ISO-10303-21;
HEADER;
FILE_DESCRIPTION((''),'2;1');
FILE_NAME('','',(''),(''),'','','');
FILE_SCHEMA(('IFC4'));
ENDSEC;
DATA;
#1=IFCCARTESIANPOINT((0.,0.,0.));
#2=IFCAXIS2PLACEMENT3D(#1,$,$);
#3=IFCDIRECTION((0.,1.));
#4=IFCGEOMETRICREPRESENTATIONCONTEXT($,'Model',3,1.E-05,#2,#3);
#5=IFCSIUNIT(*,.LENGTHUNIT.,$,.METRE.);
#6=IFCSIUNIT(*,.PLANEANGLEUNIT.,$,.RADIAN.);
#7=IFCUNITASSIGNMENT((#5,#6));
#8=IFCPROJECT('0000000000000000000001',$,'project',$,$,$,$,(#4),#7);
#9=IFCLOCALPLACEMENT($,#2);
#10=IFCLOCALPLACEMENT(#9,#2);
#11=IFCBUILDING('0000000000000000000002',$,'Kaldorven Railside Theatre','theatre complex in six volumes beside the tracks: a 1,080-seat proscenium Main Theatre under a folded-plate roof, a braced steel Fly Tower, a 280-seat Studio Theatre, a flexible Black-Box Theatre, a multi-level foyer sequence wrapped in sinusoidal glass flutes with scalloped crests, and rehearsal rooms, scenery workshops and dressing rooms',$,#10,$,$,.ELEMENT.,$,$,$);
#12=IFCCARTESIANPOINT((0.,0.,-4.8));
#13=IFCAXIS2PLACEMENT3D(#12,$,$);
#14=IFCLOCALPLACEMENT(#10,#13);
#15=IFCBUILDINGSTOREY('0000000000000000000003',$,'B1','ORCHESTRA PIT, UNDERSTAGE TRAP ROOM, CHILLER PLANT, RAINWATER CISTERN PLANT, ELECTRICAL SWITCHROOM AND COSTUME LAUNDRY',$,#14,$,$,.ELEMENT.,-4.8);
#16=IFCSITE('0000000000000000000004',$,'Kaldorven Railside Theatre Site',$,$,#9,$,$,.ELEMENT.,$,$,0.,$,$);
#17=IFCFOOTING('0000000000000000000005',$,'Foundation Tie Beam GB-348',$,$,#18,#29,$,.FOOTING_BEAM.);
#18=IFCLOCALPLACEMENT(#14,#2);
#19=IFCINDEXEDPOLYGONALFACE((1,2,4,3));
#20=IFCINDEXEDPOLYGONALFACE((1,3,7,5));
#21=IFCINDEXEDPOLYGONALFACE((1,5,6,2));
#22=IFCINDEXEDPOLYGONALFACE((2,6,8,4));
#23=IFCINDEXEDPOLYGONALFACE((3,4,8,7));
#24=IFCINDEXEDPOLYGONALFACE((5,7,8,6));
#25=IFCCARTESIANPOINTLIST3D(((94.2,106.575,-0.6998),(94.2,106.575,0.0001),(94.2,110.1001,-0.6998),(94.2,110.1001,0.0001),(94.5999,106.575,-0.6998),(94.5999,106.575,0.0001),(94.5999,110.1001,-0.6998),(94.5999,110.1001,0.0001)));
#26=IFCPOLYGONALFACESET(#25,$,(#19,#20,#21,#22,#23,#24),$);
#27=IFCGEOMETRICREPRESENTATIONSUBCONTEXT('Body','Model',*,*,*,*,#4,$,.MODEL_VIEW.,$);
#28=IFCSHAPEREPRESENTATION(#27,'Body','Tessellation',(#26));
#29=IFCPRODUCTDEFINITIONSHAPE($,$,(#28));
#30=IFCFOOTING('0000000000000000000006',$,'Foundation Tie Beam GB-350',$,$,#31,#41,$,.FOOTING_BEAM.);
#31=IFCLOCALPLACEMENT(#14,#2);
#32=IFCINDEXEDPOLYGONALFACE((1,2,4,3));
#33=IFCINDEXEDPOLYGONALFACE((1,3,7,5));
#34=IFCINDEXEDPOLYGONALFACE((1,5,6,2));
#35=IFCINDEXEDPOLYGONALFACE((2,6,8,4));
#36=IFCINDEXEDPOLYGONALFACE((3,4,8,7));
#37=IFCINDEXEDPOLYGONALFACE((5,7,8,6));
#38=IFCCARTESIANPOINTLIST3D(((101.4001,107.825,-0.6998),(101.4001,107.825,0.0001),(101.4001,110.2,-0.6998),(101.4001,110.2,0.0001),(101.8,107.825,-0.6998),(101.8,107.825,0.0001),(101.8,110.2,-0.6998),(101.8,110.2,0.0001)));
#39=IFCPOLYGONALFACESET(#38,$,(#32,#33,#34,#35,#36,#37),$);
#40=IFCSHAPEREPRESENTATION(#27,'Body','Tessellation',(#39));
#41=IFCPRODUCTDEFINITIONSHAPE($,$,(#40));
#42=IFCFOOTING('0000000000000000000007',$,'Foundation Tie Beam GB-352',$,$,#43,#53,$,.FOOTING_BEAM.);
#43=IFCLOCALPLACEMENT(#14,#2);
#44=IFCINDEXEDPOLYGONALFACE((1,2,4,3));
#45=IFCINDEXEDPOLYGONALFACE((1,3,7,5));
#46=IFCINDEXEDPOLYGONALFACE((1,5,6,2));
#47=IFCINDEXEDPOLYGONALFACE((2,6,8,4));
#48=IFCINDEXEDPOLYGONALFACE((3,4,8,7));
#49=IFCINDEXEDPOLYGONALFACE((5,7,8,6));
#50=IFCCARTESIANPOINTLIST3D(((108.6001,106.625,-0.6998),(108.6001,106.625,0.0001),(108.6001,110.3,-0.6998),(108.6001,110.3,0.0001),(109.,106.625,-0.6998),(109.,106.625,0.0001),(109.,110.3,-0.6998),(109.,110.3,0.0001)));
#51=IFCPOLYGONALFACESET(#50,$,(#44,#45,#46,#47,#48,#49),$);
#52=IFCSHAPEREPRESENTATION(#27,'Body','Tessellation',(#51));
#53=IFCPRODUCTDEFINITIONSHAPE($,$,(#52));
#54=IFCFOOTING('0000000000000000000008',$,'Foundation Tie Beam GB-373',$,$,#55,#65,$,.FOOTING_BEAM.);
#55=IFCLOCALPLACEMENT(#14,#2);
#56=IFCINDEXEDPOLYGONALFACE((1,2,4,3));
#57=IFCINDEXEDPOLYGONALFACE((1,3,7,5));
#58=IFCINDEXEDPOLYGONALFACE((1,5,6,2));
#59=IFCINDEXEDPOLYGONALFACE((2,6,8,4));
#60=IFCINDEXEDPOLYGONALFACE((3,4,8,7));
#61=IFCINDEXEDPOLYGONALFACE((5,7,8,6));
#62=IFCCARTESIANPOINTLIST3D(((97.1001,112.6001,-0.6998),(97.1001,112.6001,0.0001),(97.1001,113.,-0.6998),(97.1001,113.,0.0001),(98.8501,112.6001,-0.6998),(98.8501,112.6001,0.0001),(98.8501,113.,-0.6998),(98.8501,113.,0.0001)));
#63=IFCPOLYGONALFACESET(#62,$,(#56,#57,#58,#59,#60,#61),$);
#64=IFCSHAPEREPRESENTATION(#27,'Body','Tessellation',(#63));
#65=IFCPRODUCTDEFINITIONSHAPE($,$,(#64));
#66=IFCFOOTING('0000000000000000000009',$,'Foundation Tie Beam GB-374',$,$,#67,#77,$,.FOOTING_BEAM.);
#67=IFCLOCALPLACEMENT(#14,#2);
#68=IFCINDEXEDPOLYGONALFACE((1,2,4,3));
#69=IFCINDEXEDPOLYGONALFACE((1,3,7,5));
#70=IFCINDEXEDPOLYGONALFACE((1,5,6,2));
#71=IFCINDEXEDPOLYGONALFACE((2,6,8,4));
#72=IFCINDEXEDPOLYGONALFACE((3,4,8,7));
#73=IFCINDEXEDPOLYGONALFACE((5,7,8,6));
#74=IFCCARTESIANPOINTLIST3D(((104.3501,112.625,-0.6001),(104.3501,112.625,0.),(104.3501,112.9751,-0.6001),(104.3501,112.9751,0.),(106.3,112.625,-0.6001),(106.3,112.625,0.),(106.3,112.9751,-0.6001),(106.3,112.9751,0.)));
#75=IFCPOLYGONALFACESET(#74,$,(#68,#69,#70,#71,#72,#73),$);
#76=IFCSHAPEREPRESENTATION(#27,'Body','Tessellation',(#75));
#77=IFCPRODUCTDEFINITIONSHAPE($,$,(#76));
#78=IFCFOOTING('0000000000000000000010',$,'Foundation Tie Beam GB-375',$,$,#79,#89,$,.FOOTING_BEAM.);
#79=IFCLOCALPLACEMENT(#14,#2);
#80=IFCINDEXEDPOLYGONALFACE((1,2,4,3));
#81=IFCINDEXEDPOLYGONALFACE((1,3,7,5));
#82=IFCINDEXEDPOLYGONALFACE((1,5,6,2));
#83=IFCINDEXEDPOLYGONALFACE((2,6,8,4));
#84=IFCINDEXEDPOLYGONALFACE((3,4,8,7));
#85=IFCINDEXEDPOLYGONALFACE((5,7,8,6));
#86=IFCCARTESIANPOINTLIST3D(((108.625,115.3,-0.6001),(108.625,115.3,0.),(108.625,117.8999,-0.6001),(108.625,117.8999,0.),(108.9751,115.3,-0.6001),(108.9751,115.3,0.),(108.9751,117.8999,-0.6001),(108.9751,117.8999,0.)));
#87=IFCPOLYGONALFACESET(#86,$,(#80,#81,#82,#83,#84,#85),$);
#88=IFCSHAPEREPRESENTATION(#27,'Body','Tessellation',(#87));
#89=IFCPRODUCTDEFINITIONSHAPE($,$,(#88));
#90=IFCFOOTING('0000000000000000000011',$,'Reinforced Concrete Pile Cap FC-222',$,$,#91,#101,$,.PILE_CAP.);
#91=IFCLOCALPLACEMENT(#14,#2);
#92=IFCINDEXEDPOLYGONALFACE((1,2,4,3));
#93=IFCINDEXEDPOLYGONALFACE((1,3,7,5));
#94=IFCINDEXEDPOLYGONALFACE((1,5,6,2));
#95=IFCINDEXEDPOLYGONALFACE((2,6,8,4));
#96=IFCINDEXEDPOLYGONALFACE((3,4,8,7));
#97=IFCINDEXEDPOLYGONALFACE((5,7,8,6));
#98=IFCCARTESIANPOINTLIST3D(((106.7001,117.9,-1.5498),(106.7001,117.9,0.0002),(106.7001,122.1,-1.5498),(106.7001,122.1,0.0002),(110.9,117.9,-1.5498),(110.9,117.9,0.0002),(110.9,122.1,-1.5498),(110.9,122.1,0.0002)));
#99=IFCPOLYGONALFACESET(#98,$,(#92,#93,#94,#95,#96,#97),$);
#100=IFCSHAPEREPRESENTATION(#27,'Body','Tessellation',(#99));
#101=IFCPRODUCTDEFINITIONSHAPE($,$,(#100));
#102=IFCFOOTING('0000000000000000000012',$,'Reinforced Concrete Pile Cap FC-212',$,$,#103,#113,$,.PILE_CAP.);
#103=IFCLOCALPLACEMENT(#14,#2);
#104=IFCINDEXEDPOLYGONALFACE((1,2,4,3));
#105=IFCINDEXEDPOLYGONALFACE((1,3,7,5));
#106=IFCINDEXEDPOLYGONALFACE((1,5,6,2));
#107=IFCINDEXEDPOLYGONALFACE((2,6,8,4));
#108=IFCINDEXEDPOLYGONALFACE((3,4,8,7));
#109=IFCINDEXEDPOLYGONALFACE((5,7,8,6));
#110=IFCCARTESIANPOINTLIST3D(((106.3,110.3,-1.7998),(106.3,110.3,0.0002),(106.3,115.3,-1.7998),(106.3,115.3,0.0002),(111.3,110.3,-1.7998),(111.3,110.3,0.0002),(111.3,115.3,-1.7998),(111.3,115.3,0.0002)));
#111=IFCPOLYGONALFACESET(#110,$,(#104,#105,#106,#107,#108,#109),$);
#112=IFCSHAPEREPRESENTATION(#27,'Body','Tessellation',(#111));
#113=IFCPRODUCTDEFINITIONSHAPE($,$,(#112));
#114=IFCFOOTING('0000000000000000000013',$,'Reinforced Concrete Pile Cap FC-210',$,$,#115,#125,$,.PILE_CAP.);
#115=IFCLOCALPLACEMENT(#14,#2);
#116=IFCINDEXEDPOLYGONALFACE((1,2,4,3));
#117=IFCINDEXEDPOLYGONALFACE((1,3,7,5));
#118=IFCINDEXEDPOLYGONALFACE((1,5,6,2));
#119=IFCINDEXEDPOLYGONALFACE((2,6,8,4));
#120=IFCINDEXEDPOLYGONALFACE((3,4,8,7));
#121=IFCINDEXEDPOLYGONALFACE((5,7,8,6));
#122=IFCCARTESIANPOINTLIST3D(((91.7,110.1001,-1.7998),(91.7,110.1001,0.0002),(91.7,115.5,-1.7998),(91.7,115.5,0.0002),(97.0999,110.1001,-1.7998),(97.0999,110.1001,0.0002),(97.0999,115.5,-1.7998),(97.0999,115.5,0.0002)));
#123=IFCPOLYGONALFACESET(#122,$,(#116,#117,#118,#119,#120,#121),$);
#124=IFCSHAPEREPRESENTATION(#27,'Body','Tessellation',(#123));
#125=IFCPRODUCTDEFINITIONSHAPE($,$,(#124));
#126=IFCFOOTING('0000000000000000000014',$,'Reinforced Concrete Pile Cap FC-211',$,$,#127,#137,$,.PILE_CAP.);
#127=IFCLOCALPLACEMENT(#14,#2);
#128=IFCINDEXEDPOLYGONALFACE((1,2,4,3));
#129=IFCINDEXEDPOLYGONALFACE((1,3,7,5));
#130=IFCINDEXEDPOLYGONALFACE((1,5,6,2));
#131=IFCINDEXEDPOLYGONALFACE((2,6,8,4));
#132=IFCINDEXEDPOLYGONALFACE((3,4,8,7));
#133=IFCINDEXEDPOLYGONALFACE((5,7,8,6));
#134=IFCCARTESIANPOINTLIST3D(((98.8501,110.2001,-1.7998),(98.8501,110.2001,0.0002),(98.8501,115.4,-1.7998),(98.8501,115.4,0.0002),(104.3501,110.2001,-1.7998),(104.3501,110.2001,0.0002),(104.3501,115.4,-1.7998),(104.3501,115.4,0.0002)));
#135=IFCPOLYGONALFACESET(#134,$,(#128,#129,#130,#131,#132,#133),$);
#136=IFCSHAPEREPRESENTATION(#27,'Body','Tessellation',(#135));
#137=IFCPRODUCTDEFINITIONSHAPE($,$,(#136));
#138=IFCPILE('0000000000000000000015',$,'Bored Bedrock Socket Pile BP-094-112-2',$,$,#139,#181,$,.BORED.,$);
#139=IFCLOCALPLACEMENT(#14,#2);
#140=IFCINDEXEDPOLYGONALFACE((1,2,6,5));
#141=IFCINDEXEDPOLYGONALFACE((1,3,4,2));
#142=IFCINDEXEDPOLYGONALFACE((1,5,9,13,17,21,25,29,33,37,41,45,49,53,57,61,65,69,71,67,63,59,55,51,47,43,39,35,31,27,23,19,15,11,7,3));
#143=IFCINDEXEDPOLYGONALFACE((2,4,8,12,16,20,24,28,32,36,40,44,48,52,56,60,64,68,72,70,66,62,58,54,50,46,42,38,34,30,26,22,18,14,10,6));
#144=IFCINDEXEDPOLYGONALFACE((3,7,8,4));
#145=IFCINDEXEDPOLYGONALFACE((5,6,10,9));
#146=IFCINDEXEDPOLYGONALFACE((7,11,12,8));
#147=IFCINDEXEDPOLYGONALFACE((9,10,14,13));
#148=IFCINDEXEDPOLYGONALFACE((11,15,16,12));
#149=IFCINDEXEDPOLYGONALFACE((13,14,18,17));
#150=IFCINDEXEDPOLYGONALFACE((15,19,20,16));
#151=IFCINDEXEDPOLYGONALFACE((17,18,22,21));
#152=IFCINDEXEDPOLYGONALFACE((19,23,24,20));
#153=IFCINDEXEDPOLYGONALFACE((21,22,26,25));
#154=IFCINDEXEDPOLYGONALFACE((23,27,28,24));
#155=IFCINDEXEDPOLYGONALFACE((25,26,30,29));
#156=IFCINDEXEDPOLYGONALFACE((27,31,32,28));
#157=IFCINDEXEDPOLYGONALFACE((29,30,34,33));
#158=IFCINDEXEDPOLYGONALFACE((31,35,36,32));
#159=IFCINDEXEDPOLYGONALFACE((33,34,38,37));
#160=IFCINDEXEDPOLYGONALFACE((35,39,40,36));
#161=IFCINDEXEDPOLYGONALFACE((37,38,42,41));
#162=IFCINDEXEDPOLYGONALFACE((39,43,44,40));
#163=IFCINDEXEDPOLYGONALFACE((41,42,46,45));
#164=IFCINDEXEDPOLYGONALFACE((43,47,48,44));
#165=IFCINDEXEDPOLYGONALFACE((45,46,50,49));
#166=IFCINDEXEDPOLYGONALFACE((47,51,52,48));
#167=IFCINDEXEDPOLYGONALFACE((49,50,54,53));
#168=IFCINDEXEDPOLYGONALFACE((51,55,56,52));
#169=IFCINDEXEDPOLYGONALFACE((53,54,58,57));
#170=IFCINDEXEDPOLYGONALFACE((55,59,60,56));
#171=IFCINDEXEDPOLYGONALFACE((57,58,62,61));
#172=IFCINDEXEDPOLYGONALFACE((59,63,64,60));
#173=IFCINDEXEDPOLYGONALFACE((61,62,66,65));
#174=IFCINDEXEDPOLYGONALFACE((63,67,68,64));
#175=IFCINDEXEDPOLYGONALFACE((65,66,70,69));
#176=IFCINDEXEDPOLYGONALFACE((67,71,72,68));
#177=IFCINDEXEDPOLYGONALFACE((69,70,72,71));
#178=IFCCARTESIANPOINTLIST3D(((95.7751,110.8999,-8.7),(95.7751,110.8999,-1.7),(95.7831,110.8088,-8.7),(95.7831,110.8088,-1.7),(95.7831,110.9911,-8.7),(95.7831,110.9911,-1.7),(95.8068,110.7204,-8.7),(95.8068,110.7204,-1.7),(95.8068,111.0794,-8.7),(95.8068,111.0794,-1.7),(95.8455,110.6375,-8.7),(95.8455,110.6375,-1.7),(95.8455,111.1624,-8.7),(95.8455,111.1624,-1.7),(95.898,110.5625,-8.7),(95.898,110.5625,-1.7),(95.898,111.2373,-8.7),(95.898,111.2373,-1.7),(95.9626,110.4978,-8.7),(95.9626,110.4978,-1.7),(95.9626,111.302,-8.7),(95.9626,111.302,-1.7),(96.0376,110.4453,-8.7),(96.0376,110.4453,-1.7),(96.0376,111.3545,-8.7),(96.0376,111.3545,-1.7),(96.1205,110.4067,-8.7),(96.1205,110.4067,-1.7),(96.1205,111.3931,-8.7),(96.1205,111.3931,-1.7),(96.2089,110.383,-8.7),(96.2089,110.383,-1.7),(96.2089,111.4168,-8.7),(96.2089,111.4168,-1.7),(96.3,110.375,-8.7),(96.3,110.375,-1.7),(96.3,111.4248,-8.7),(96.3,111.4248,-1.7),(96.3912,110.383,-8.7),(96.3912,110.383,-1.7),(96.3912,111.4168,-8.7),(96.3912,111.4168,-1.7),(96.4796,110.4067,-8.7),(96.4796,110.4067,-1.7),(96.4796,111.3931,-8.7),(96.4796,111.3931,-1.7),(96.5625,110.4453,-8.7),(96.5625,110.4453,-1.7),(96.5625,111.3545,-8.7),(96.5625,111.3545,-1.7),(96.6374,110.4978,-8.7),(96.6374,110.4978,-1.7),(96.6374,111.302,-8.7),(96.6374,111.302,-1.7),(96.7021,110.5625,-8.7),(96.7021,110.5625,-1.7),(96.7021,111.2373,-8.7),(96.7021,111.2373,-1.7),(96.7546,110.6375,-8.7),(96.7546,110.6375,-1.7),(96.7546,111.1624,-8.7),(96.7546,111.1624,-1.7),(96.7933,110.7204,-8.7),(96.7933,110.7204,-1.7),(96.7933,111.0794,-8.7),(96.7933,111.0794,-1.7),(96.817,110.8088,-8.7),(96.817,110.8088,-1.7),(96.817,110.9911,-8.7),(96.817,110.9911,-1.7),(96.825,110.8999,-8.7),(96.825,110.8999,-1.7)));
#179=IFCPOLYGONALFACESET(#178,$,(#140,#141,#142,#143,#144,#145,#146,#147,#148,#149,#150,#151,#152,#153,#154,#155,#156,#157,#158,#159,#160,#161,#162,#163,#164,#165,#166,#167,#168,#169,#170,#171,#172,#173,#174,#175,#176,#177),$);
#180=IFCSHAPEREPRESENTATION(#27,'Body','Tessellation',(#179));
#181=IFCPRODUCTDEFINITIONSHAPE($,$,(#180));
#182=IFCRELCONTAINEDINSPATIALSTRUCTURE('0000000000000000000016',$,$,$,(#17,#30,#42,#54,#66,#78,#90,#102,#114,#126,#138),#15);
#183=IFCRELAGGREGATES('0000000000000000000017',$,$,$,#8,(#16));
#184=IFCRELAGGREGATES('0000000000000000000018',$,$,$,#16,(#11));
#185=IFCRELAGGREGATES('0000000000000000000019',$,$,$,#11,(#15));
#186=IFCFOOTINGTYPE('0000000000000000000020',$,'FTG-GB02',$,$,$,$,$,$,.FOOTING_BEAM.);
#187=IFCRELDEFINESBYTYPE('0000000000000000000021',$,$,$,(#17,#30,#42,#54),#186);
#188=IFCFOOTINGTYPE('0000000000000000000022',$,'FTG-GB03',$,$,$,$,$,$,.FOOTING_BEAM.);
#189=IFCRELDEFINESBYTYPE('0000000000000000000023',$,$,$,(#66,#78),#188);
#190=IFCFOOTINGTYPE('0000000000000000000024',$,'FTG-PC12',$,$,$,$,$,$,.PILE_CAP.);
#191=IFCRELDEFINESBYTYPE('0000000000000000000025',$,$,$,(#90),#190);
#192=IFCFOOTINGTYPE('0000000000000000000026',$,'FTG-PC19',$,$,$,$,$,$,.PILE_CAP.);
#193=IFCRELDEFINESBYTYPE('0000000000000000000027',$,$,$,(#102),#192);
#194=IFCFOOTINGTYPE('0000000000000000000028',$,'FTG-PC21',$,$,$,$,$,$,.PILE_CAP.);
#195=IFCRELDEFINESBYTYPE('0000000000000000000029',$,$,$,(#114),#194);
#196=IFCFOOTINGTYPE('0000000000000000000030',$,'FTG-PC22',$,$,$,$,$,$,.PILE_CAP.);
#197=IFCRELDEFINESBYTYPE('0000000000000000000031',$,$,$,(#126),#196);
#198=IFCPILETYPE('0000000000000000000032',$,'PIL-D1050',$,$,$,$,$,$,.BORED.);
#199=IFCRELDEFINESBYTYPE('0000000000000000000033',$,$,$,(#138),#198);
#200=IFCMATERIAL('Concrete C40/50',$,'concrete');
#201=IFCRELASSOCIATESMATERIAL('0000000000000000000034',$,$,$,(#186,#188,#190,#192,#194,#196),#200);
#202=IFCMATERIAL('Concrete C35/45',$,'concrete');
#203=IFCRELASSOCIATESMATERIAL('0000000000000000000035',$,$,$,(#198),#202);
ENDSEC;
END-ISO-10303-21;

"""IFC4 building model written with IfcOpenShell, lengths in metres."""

from ifc_helpers import new_model, si_unit, direction, frame, origin, origin_2d, place, context, subcontext, project, spatial, rectangle, circle, extrude, material, material_profile, profile_set, type_object, element, save


model = new_model("IFC4")

# Units and contexts
model_context = context("Model", 3, precision=1e-05, world=origin(), true_north=direction((0.0, 1.0)))
body_context = subcontext(model_context, "Body", "Model", "MODEL_VIEW")
ifc_project = project(units=[si_unit("LENGTHUNIT", "METRE"), si_unit("PLANEANGLEUNIT", "RADIAN")], contexts=[model_context])

# Site, building, storey
site_placement = place(None, origin())
site = spatial("IfcSite", under=ifc_project, at=site_placement, Name="Kaldorven Railside Theatre Site", CompositionType="ELEMENT", RefElevation=0.0)
building_placement = place(site_placement, origin())
building = spatial("IfcBuilding", under=site, at=building_placement, Name="Kaldorven Railside Theatre", Description="theatre complex in six volumes beside the tracks: a 1,080-seat proscenium Main Theatre under a folded-plate roof, a braced steel Fly Tower, a 280-seat Studio Theatre, a flexible Black-Box Theatre, a multi-level foyer sequence wrapped in sinusoidal glass flutes with scalloped crests, and rehearsal rooms, scenery workshops and dressing rooms", CompositionType="ELEMENT")
storey_placement = place(building_placement, frame((0.0, 0.0, -4.8)))
storey = spatial("IfcBuildingStorey", under=building, at=storey_placement, Name="B1", Description="ORCHESTRA PIT, UNDERSTAGE TRAP ROOM, CHILLER PLANT, RAINWATER CISTERN PLANT, ELECTRICAL SWITCHROOM AND COSTUME LAUNDRY", CompositionType="ELEMENT", Elevation=-4.8)

# Footings
ifc_material_1 = material(Name="Concrete C40/50", Category="concrete")
ifc_material_profile_1 = material_profile(ifc_material_1, rectangle(XDim=0.3999, YDim=0.7, at=origin_2d()), Name="RC 400x700")
ifc_profile_set_1 = profile_set([ifc_material_profile_1], Name="Concrete C40/50")
footing_type_1 = type_object("IfcFootingType", Name="FTG-GB02", PredefinedType="FOOTING_BEAM", material=ifc_profile_set_1)
footing_1_placement = place(storey_placement, frame((94.3999, 106.575, -0.3499), z_axis=(0.0, 1.0, 0.0), x_axis=(-1.0, 0.0, 0.0)))
element("IfcFooting", 1, at=footing_1_placement, inside=storey, type_object=footing_type_1, Name="Foundation Tie Beam GB-348", PredefinedType="FOOTING_BEAM", context=body_context, shape_type="SweptSolid", body=[
    extrude(rectangle(XDim=0.3999, YDim=0.7, at=origin_2d()), origin(), (0.0, 0.0, 1.0), 3.5251),
])
footing_2_placement = place(storey_placement, frame((101.6001, 107.825, -0.3499), z_axis=(0.0, 1.0, 0.0), x_axis=(-1.0, 0.0, 0.0)))
element("IfcFooting", 2, at=footing_2_placement, inside=storey, type_object=footing_type_1, Name="Foundation Tie Beam GB-350", PredefinedType="FOOTING_BEAM", context=body_context, shape_type="SweptSolid", body=[
    extrude(rectangle(XDim=0.3999, YDim=0.7, at=origin_2d()), origin(), (0.0, 0.0, 1.0), 2.375),
])
footing_3_placement = place(storey_placement, frame((108.8, 106.625, -0.3499), z_axis=(0.0, 1.0, 0.0), x_axis=(-1.0, 0.0, 0.0)))
element("IfcFooting", 3, at=footing_3_placement, inside=storey, type_object=footing_type_1, Name="Foundation Tie Beam GB-352", PredefinedType="FOOTING_BEAM", context=body_context, shape_type="SweptSolid", body=[
    extrude(rectangle(XDim=0.3999, YDim=0.7, at=origin_2d()), origin(), (0.0, 0.0, 1.0), 3.675),
])
footing_4_placement = place(storey_placement, frame((97.1001, 112.8, -0.3499), z_axis=(1.0, 0.0, 0.0), x_axis=(0.0, 1.0, 0.0)))
element("IfcFooting", 4, at=footing_4_placement, inside=storey, type_object=footing_type_1, Name="Foundation Tie Beam GB-373", PredefinedType="FOOTING_BEAM", context=body_context, shape_type="SweptSolid", body=[
    extrude(rectangle(XDim=0.3999, YDim=0.7, at=origin_2d()), origin(), (0.0, 0.0, 1.0), 1.75),
])
ifc_material_profile_2 = material_profile(ifc_material_1, rectangle(XDim=0.3501, YDim=0.6001, at=origin_2d()), Name="RC 350x600")
ifc_profile_set_2 = profile_set([ifc_material_profile_2], Name="Concrete C40/50")
footing_type_2 = type_object("IfcFootingType", Name="FTG-GB03", PredefinedType="FOOTING_BEAM", material=ifc_profile_set_2)
footing_5_placement = place(storey_placement, frame((104.3501, 112.8, -0.3), z_axis=(1.0, 0.0, 0.0), x_axis=(0.0, 1.0, 0.0)))
element("IfcFooting", 5, at=footing_5_placement, inside=storey, type_object=footing_type_2, Name="Foundation Tie Beam GB-374", PredefinedType="FOOTING_BEAM", context=body_context, shape_type="SweptSolid", body=[
    extrude(rectangle(XDim=0.3501, YDim=0.6001, at=origin_2d()), origin(), (0.0, 0.0, 1.0), 1.95),
])
footing_6_placement = place(storey_placement, frame((108.8, 115.3, -0.3), z_axis=(0.0, 1.0, 0.0), x_axis=(-1.0, 0.0, 0.0)))
element("IfcFooting", 6, at=footing_6_placement, inside=storey, type_object=footing_type_2, Name="Foundation Tie Beam GB-375", PredefinedType="FOOTING_BEAM", context=body_context, shape_type="SweptSolid", body=[
    extrude(rectangle(XDim=0.3501, YDim=0.6001, at=origin_2d()), origin(), (0.0, 0.0, 1.0), 2.5999),
])
footing_type_3 = type_object("IfcFootingType", Name="FTG-PC12", PredefinedType="PILE_CAP", material=ifc_material_1)
footing_7_placement = place(storey_placement, frame((108.8, 120.0, -1.5498), z_axis=(0.0, 0.0, 1.0), x_axis=(1.0, 0.0, 0.0)))
element("IfcFooting", 7, at=footing_7_placement, inside=storey, type_object=footing_type_3, Name="Reinforced Concrete Pile Cap FC-222", PredefinedType="PILE_CAP", context=body_context, shape_type="SweptSolid", body=[
    extrude(rectangle(XDim=4.2, YDim=4.2, at=origin_2d()), origin(), (0.0, 0.0, 1.0), 1.55),
])
footing_type_4 = type_object("IfcFootingType", Name="FTG-PC19", PredefinedType="PILE_CAP", material=ifc_material_1)
footing_8_placement = place(storey_placement, frame((108.8, 112.8, -1.7998), z_axis=(0.0, 0.0, 1.0), x_axis=(1.0, 0.0, 0.0)))
element("IfcFooting", 8, at=footing_8_placement, inside=storey, type_object=footing_type_4, Name="Reinforced Concrete Pile Cap FC-212", PredefinedType="PILE_CAP", context=body_context, shape_type="SweptSolid", body=[
    extrude(rectangle(XDim=5.0, YDim=5.0, at=origin_2d()), origin(), (0.0, 0.0, 1.0), 1.8),
])
footing_type_5 = type_object("IfcFootingType", Name="FTG-PC21", PredefinedType="PILE_CAP", material=ifc_material_1)
footing_9_placement = place(storey_placement, frame((94.3999, 112.8, -1.7998), z_axis=(0.0, 0.0, 1.0), x_axis=(1.0, 0.0, 0.0)))
element("IfcFooting", 9, at=footing_9_placement, inside=storey, type_object=footing_type_5, Name="Reinforced Concrete Pile Cap FC-210", PredefinedType="PILE_CAP", context=body_context, shape_type="SweptSolid", body=[
    extrude(rectangle(XDim=5.3999, YDim=5.3999, at=origin_2d()), origin(), (0.0, 0.0, 1.0), 1.8),
])
footing_type_6 = type_object("IfcFootingType", Name="FTG-PC22", PredefinedType="PILE_CAP", material=ifc_material_1)
footing_10_placement = place(storey_placement, frame((101.6001, 112.8, -1.7998), z_axis=(0.0, 0.0, 1.0), x_axis=(1.0, 0.0, 0.0)))
element("IfcFooting", 10, at=footing_10_placement, inside=storey, type_object=footing_type_6, Name="Reinforced Concrete Pile Cap FC-211", PredefinedType="PILE_CAP", context=body_context, shape_type="SweptSolid", body=[
    extrude(rectangle(XDim=5.5, YDim=5.2, at=origin_2d()), origin(), (0.0, 0.0, 1.0), 1.8),
])

# Pile
ifc_material_2 = material(Name="Concrete C35/45", Category="concrete")
ifc_material_profile_3 = material_profile(ifc_material_2, circle(Radius=0.5249, at=origin_2d()), Name="BP D1050")
ifc_profile_set_3 = profile_set([ifc_material_profile_3], Name="Concrete C35/45")
pile_type_1 = type_object("IfcPileType", Name="PIL-D1050", PredefinedType="BORED", material=ifc_profile_set_3)
for number, where, z_axis, x_axis, name in (
    (11, (96.3, 110.8999, -1.7), (0.0, 0.0, -1.0), (1.0, 0.0, 0.0), "Bored Bedrock Socket Pile BP-094-112-2"),
):
    element("IfcPile", number, at=place(storey_placement, frame(where, z_axis=z_axis, x_axis=x_axis)), inside=storey, type_object=pile_type_1, Name=name, PredefinedType="BORED", context=body_context, shape_type="SweptSolid", body=[
        extrude(circle(Radius=0.5249, at=origin_2d()), origin(), (0.0, 0.0, 1.0), 7.0),
    ])

save(model, "model.ifc")
